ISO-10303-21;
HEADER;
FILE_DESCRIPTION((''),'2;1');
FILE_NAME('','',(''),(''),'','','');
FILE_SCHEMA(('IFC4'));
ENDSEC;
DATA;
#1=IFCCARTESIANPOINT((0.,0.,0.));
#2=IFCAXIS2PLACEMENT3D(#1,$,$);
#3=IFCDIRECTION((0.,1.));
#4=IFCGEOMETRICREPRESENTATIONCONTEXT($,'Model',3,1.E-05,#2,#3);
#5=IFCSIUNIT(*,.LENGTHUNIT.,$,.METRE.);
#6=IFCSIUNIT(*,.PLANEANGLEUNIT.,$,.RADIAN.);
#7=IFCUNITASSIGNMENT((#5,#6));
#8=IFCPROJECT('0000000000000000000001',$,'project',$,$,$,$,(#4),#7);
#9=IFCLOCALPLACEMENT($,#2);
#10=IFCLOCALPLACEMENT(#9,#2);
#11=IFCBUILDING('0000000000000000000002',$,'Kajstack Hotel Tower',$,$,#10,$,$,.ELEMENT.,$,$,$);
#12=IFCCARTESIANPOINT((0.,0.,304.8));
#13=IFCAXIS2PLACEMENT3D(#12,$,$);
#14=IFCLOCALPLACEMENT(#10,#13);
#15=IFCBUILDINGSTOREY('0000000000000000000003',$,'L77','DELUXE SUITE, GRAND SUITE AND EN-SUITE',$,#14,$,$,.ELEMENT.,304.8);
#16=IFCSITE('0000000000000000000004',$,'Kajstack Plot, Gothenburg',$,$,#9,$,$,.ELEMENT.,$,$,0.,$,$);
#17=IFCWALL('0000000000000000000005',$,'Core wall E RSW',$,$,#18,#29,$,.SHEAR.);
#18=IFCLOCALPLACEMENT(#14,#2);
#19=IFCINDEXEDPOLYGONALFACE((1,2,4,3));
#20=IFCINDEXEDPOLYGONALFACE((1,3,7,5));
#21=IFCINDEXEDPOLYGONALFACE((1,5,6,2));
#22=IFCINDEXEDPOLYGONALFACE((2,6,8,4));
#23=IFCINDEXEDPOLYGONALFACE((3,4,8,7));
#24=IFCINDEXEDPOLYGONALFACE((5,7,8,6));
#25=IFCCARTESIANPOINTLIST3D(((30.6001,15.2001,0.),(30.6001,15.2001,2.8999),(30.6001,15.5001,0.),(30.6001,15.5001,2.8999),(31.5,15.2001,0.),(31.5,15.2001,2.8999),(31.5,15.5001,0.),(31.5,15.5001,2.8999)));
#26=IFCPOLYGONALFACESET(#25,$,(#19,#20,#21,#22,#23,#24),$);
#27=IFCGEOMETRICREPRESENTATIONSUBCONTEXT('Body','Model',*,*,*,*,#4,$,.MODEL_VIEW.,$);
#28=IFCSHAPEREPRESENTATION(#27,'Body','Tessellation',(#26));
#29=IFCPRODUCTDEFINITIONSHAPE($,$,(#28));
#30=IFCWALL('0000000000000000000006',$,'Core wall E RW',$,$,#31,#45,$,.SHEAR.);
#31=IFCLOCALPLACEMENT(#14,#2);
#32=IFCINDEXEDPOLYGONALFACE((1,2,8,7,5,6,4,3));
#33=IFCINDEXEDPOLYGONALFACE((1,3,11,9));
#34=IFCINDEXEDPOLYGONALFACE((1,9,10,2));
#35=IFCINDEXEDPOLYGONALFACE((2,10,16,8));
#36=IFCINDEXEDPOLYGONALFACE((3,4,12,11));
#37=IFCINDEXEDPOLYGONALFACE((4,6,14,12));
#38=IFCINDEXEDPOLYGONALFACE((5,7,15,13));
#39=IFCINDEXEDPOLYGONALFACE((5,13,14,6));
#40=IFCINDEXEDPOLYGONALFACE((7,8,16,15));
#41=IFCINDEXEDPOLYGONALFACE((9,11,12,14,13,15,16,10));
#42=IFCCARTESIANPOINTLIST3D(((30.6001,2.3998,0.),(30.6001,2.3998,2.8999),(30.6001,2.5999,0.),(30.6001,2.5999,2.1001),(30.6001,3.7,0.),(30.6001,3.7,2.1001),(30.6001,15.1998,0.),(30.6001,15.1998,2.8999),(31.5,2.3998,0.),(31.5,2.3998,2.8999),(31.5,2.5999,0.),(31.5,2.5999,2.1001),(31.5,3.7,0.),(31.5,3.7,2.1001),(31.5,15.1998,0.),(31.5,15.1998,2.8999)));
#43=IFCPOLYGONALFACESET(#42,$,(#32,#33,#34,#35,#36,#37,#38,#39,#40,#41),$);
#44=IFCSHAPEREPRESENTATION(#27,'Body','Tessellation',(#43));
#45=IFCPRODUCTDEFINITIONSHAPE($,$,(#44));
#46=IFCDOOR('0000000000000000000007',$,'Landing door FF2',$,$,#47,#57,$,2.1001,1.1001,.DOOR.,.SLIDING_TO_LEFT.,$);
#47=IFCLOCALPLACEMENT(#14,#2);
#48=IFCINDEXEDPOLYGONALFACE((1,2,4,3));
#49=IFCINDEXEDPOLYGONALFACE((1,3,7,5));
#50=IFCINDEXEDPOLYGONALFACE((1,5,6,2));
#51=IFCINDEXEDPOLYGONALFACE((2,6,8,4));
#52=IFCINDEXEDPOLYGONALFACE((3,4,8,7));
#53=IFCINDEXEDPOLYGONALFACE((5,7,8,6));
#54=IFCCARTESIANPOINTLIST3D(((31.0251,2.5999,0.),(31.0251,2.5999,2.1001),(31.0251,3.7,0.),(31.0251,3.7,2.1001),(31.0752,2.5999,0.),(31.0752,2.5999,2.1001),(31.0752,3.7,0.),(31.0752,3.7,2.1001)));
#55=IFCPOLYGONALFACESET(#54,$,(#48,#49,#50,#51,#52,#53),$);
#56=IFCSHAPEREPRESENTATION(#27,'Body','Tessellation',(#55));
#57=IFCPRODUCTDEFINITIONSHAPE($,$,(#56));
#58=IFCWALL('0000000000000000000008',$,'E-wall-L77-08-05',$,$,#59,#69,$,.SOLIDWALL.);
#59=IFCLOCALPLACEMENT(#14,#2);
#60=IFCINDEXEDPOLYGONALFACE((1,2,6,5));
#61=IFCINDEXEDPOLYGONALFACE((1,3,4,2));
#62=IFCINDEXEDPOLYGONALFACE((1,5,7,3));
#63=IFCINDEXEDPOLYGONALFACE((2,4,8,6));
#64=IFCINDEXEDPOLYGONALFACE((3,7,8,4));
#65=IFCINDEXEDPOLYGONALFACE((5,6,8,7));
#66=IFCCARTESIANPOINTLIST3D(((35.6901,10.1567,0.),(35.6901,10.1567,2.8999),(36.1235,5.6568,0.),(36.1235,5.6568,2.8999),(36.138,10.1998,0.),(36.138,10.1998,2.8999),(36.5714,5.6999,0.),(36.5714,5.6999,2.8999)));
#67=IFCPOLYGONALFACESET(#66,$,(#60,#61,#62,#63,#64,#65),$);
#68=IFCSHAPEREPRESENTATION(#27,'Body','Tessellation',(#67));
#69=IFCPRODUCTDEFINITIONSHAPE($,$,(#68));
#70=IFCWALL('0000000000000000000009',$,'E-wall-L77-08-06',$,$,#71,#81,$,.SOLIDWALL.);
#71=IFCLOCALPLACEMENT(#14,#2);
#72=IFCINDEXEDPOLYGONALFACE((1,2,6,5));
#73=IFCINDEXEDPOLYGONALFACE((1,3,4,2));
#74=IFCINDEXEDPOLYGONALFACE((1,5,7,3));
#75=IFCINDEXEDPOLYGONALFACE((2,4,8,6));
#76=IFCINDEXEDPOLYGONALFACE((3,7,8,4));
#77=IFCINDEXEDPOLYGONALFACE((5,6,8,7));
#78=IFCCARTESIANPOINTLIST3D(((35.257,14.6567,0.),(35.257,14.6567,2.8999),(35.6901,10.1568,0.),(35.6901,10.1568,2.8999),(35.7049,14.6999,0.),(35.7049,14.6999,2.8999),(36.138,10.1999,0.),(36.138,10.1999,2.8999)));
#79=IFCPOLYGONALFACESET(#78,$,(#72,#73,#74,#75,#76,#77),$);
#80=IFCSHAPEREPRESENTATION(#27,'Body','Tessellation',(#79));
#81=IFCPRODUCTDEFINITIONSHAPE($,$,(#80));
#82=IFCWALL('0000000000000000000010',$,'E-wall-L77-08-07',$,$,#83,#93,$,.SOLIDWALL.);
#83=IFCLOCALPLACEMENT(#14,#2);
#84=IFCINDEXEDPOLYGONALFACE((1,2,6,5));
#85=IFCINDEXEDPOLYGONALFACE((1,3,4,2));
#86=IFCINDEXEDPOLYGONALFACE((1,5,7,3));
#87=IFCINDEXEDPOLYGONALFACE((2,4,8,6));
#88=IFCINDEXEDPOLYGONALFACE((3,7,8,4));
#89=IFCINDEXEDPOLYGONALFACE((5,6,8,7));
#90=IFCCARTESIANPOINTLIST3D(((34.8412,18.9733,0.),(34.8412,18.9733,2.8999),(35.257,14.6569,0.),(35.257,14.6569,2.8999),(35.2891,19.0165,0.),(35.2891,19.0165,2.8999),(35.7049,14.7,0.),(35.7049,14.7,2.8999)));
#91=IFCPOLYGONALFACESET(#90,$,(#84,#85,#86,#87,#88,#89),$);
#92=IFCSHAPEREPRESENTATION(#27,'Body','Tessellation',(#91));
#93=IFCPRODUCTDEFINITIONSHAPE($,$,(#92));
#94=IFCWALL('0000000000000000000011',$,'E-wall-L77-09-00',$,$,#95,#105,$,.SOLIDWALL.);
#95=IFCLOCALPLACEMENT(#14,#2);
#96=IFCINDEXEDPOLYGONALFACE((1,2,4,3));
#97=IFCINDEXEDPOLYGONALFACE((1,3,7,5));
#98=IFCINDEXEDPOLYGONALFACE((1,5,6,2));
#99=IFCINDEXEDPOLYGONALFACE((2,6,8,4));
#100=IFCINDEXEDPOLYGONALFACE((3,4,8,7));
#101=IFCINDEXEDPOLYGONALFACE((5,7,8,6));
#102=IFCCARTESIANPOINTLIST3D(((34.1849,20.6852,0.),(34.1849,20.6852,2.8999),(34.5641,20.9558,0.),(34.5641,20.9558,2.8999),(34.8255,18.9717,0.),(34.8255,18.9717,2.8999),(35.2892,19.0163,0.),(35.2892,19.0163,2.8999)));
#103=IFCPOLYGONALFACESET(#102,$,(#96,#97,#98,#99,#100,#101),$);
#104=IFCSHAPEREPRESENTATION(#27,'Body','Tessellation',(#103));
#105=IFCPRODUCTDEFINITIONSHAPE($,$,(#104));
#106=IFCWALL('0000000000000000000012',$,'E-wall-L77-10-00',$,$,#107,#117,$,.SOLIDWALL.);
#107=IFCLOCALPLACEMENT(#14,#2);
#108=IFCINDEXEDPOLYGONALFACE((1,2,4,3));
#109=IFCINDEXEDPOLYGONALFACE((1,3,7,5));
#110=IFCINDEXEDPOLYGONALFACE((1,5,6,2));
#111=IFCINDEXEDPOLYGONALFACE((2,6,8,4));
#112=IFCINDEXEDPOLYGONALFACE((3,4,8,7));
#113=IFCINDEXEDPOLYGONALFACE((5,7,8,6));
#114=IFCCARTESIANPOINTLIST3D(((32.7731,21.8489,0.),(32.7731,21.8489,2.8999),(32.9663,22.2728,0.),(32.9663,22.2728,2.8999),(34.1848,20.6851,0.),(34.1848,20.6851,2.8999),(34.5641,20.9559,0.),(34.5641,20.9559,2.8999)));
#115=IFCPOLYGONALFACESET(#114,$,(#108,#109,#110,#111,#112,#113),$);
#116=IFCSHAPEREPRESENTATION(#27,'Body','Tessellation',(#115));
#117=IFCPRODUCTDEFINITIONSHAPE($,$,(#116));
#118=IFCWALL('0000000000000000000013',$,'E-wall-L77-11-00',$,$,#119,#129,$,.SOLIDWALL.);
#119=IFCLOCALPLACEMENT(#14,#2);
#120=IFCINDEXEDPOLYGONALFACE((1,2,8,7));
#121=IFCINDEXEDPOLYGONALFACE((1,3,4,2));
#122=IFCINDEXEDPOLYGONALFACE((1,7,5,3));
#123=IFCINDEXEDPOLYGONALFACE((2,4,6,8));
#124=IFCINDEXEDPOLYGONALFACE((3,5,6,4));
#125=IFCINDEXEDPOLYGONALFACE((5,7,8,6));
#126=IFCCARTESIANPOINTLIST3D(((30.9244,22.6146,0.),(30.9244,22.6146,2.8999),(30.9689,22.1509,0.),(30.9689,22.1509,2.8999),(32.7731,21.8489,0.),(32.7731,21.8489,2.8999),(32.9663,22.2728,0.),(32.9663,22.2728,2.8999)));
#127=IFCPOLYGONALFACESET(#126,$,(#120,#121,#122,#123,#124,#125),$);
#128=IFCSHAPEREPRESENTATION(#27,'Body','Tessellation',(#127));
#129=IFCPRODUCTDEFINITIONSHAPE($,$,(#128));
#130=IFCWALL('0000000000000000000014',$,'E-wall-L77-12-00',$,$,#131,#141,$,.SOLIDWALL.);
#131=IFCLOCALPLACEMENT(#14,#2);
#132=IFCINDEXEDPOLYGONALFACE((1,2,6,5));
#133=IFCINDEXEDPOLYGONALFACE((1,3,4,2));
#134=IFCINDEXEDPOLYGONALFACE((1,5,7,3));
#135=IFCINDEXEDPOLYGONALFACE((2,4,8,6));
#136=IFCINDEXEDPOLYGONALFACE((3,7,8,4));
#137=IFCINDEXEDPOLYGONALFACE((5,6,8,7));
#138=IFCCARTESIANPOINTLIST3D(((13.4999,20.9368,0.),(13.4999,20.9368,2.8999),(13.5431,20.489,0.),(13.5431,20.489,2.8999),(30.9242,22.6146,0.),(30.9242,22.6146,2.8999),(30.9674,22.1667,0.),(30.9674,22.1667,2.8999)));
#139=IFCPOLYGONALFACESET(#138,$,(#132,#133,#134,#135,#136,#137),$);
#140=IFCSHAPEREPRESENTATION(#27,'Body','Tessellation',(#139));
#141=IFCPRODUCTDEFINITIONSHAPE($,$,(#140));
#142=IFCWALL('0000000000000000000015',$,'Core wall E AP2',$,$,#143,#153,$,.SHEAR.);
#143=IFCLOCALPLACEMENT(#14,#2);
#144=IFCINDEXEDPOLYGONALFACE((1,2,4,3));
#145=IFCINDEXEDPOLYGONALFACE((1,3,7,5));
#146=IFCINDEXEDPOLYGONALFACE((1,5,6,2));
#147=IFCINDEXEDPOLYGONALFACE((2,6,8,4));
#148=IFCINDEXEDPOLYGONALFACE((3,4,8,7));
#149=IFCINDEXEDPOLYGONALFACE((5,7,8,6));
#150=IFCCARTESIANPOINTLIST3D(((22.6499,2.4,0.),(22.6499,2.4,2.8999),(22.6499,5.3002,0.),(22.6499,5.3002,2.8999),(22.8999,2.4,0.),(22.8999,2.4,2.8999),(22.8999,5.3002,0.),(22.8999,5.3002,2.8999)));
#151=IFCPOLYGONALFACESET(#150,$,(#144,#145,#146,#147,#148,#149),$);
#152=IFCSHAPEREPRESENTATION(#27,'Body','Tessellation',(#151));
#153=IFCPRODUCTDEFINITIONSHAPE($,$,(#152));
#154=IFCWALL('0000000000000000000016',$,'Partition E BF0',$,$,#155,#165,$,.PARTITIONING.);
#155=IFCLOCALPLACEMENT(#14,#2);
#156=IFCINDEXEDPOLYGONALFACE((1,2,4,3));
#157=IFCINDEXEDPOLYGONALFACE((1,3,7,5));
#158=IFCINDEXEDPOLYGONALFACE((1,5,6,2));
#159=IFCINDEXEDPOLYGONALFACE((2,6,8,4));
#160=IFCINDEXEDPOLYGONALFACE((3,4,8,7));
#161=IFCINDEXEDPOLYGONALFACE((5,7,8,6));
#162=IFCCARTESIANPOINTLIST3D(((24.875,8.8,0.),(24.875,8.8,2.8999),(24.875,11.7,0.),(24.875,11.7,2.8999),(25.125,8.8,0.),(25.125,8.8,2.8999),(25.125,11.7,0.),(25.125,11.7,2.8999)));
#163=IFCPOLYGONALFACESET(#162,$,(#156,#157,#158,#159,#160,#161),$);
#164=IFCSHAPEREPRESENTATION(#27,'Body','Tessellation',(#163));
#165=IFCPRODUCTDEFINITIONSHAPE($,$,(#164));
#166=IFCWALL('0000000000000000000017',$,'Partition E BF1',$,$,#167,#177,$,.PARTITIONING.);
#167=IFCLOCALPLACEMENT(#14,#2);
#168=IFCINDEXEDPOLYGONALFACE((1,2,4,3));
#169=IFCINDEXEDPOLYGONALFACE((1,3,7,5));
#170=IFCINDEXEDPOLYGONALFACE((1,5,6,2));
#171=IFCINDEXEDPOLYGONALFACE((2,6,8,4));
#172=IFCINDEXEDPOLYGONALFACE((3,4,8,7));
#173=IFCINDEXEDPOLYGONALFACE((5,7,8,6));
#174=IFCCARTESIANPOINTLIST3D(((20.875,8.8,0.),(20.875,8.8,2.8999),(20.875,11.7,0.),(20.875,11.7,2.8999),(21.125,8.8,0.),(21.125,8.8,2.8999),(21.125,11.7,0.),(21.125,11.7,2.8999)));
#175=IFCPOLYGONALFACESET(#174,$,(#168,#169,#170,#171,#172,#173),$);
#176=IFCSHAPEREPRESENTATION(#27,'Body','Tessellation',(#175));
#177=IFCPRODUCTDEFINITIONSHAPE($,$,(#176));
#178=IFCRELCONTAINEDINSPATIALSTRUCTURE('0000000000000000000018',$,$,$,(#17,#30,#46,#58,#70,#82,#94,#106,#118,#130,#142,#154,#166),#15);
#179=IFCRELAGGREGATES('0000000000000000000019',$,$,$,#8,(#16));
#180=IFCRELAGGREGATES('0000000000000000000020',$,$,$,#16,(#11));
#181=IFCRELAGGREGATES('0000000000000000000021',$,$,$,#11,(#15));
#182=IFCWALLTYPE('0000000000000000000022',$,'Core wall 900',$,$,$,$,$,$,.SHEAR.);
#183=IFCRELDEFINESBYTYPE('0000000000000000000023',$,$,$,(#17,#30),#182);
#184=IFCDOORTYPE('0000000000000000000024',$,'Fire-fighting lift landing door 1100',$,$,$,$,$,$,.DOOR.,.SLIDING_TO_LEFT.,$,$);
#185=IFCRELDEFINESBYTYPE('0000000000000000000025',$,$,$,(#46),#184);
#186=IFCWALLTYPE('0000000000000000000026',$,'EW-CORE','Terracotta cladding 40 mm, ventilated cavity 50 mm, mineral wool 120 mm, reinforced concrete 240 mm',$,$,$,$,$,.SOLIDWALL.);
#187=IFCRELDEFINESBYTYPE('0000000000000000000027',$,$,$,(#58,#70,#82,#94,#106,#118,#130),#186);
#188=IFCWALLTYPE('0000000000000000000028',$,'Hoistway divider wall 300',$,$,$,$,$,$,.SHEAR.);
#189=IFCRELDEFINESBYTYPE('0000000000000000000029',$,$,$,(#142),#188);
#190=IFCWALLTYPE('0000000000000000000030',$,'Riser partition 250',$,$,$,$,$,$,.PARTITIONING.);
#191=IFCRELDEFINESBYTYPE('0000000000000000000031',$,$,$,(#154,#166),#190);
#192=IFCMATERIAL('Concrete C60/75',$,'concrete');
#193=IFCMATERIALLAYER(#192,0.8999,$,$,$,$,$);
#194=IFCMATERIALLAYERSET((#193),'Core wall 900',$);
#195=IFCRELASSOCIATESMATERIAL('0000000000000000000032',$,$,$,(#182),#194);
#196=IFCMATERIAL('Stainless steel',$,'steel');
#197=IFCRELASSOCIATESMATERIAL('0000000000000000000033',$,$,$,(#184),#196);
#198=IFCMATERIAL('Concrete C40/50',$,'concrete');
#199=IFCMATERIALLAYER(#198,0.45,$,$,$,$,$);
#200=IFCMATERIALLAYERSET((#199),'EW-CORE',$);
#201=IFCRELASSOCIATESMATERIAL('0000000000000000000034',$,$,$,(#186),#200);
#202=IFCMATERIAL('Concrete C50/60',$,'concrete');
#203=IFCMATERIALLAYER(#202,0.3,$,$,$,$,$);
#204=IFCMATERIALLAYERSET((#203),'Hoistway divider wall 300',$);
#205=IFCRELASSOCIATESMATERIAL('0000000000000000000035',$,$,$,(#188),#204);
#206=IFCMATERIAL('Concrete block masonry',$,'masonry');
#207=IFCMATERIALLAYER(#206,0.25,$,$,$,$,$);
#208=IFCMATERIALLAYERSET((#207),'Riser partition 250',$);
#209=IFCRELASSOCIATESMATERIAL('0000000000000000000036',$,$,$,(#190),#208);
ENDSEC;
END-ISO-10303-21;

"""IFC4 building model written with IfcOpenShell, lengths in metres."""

from ifc_helpers import new_model, si_unit, direction, frame, frame_2d, origin, place, context, subcontext, project, spatial, polyline, rectangle, outline, extrude, material, layer, layer_set, type_object, element, fill, save


model = new_model("IFC4")

# Units and contexts
model_context = context("Model", 3, precision=1e-05, world=origin(), true_north=direction((0.0, 1.0)))
body_context = subcontext(model_context, "Body", "Model", "MODEL_VIEW")
ifc_project = project(units=[si_unit("LENGTHUNIT", "METRE"), si_unit("PLANEANGLEUNIT", "RADIAN")], contexts=[model_context])

# Site, building, storey
site_placement = place(None, origin())
site = spatial("IfcSite", under=ifc_project, at=site_placement, Name="Kajstack Plot, Gothenburg", CompositionType="ELEMENT", RefElevation=0.0)
building_placement = place(site_placement, origin())
building = spatial("IfcBuilding", under=site, at=building_placement, Name="Kajstack Hotel Tower", CompositionType="ELEMENT")
storey_placement = place(building_placement, frame((0.0, 0.0, 304.8)))
storey = spatial("IfcBuildingStorey", under=building, at=storey_placement, Name="L77", Description="DELUXE SUITE, GRAND SUITE AND EN-SUITE", CompositionType="ELEMENT", Elevation=304.8)

# Wall
ifc_material_1 = material(Name="Concrete C60/75", Category="concrete")
ifc_layer_1 = layer(ifc_material_1, 0.8999)
ifc_layer_set_1 = layer_set([ifc_layer_1], Name="Core wall 900")
wall_type_1 = type_object("IfcWallType", Name="Core wall 900", PredefinedType="SHEAR", material=ifc_layer_set_1)
wall_1_placement = place(storey_placement, frame((30.6001, 15.3501, 0.0), z_axis=(0.0, 0.0, 1.0), x_axis=(1.0, 0.0, 0.0)))
element("IfcWall", 1, at=wall_1_placement, inside=storey, type_object=wall_type_1, Name="Core wall E RSW", PredefinedType="SHEAR", context=body_context, shape_type="SweptSolid", body=[
    extrude(rectangle(XDim=0.8999, YDim=0.3, at=frame_2d((0.45, 0.0))), origin(), (0.0, 0.0, 1.0), 2.8999),
])

# Wall, opening, door
wall_2_placement = place(storey_placement, frame((31.05, 2.3999, 0.0), z_axis=(0.0, 0.0, 1.0), x_axis=(0.0, 1.0, 0.0)))
wall_2 = element("IfcWall", 2, at=wall_2_placement, inside=storey, type_object=wall_type_1, Name="Core wall E RW", PredefinedType="SHEAR", context=body_context, shape_type="SweptSolid", body=[
    extrude(rectangle(XDim=12.8, YDim=0.8999, at=frame_2d((6.3999, 0.0))), origin(), (0.0, 0.0, 1.0), 2.8999),
])
opening_1_placement = place(wall_2_placement, frame((0.2, 0.0, 0.0)))
opening_1 = element("IfcOpeningElement", 3, at=opening_1_placement, cuts=wall_2, PredefinedType="OPENING", context=body_context, shape_type="SweptSolid", body=[
    extrude(rectangle(XDim=1.1001, YDim=2.1001, at=frame_2d((0.55, 1.05))), frame((0.0, 0.46, 0.0), z_axis=(0.0, -1.0, 0.0), x_axis=(1.0, 0.0, 0.0)), (0.0, 0.0, 1.0), 0.9199),
])
ifc_material_2 = material(Name="Stainless steel", Category="steel")
door_type_1 = type_object("IfcDoorType", Name="Fire-fighting lift landing door 1100", OperationType="SLIDING_TO_LEFT", PredefinedType="DOOR", material=ifc_material_2)
door_1_placement = place(opening_1_placement, origin())
door_1 = element("IfcDoor", 4, at=door_1_placement, inside=storey, type_object=door_type_1, Name="Landing door FF2", OperationType="SLIDING_TO_LEFT", OverallHeight=2.1001, OverallWidth=1.1001, PredefinedType="DOOR", context=body_context, shape_type="SweptSolid", body=[
    extrude(rectangle(XDim=1.1001, YDim=2.1001, at=frame_2d((0.55, 1.05))), frame((0.0, 0.0249, 0.0), z_axis=(0.0, -1.0, 0.0), x_axis=(1.0, 0.0, 0.0)), (0.0, 0.0, 1.0), 0.05),
])
fill(opening_1, door_1)

# Walls
ifc_material_3 = material(Name="Concrete C40/50", Category="concrete")
ifc_layer_2 = layer(ifc_material_3, 0.45)
ifc_layer_set_2 = layer_set([ifc_layer_2], Name="EW-CORE")
wall_type_2 = type_object("IfcWallType", Name="EW-CORE", Description="Terracotta cladding 40 mm, ventilated cavity 50 mm, mineral wool 120 mm, reinforced concrete 240 mm", PredefinedType="SOLIDWALL", material=ifc_layer_set_2)
for number, where, z_axis, x_axis, name in (
    (5, (36.3474, 5.6785, 0.0), (0.0, 0.0, 1.0), (-0.095856, 0.995395, 0.0), "E-wall-L77-08-05"),
    (6, (35.9141, 10.1785, 0.0), (0.0, 0.0, 1.0), (-0.095803, 0.9954, 0.0), "E-wall-L77-08-06"),
):
    element("IfcWall", number, at=place(storey_placement, frame(where, z_axis=z_axis, x_axis=x_axis)), inside=storey, type_object=wall_type_2, Name=name, PredefinedType="SOLIDWALL", context=body_context, shape_type="SweptSolid", body=[
        extrude(rectangle(XDim=4.5208, YDim=0.45, at=frame_2d((2.2603, 0.0))), origin(), (0.0, 0.0, 1.0), 2.8999),
    ])
wall_3_placement = place(storey_placement, frame((35.481, 14.6785, 0.0), z_axis=(0.0, 0.0, 1.0), x_axis=(-0.09588, 0.995393, 0.0)))
element("IfcWall", 7, at=wall_3_placement, inside=storey, type_object=wall_type_2, Name="E-wall-L77-08-07", PredefinedType="SOLIDWALL", context=body_context, shape_type="SweptSolid", body=[
    extrude(rectangle(XDim=4.3364, YDim=0.45, at=frame_2d((2.1682, 0.0))), origin(), (0.0, 0.0, 1.0), 2.8999),
])
wall_4_placement = place(storey_placement, frame((35.0784, 18.9375, 0.0), z_axis=(0.0, 0.0, 1.0), x_axis=(-0.350193, 0.936678, 0.0)))
element("IfcWall", 8, at=wall_4_placement, inside=storey, type_object=wall_type_2, Name="E-wall-L77-09-00", PredefinedType="SOLIDWALL", context=body_context, shape_type="SweptSolid", body=[
    extrude(outline(polyline([(0.0, -0.2251), (2.0706, -0.2251), (1.95, 0.2249), (0.1206, 0.2249), (0.0, -0.2251)])), origin(), (0.0, 0.0, 1.0), 2.8999),
])
wall_5_placement = place(storey_placement, frame((34.4209, 20.7822, 0.0), z_axis=(0.0, 0.0, 1.0), x_axis=(-0.771593, 0.636116, 0.0)))
element("IfcWall", 9, at=wall_5_placement, inside=storey, type_object=wall_type_2, Name="E-wall-L77-10-00", PredefinedType="SOLIDWALL", context=body_context, shape_type="SweptSolid", body=[
    extrude(outline(polyline([(0.0, -0.2251), (2.0706, -0.2249), (1.95, 0.2251), (0.1204, 0.2251), (0.0, -0.2251)])), origin(), (0.0, 0.0, 1.0), 2.8999),
])
wall_6_placement = place(storey_placement, frame((32.9292, 22.051, 0.0), z_axis=(0.0, 0.0, 1.0), x_axis=(-0.986298, 0.164973, 0.0)))
element("IfcWall", 10, at=wall_6_placement, inside=storey, type_object=wall_type_2, Name="E-wall-L77-11-00", PredefinedType="SOLIDWALL", context=body_context, shape_type="SweptSolid", body=[
    extrude(outline(polyline([(0.0, -0.2249), (2.0703, -0.2251), (1.95, 0.2249), (0.1206, 0.2251), (0.0, -0.2249)])), origin(), (0.0, 0.0, 1.0), 2.8999),
])
wall_7_placement = place(storey_placement, frame((30.9458, 22.3906, 0.0), z_axis=(0.0, 0.0, 1.0), x_axis=(-0.995396, -0.095844, 0.0)))
element("IfcWall", 11, at=wall_7_placement, inside=storey, type_object=wall_type_2, Name="E-wall-L77-12-00", PredefinedType="SOLIDWALL", context=body_context, shape_type="SweptSolid", body=[
    extrude(rectangle(XDim=17.5049, YDim=0.45, at=frame_2d((8.7524, 0.0))), origin(), (0.0, 0.0, 1.0), 2.8999),
])
ifc_material_4 = material(Name="Concrete C50/60", Category="concrete")
ifc_layer_3 = layer(ifc_material_4, 0.3)
ifc_layer_set_3 = layer_set([ifc_layer_3], Name="Hoistway divider wall 300")
wall_type_3 = type_object("IfcWallType", Name="Hoistway divider wall 300", PredefinedType="SHEAR", material=ifc_layer_set_3)
wall_8_placement = place(storey_placement, frame((22.7749, 2.3999, 0.0), z_axis=(0.0, 0.0, 1.0), x_axis=(0.0, 1.0, 0.0)))
element("IfcWall", 12, at=wall_8_placement, inside=storey, type_object=wall_type_3, Name="Core wall E AP2", PredefinedType="SHEAR", context=body_context, shape_type="SweptSolid", body=[
    extrude(rectangle(XDim=2.9001, YDim=0.25, at=frame_2d((1.4502, 0.0))), origin(), (0.0, 0.0, 1.0), 2.8999),
])
ifc_material_5 = material(Name="Concrete block masonry", Category="masonry")
ifc_layer_4 = layer(ifc_material_5, 0.25)
ifc_layer_set_4 = layer_set([ifc_layer_4], Name="Riser partition 250")
wall_type_4 = type_object("IfcWallType", Name="Riser partition 250", PredefinedType="PARTITIONING", material=ifc_layer_set_4)
for number, where, z_axis, x_axis, name in (
    (13, (25.0, 8.8, 0.0), (0.0, 0.0, 1.0), (0.0, 1.0, 0.0), "Partition E BF0"),
    (14, (21.0, 8.8, 0.0), (0.0, 0.0, 1.0), (0.0, 1.0, 0.0), "Partition E BF1"),
):
    element("IfcWall", number, at=place(storey_placement, frame(where, z_axis=z_axis, x_axis=x_axis)), inside=storey, type_object=wall_type_4, Name=name, PredefinedType="PARTITIONING", context=body_context, shape_type="SweptSolid", body=[
        extrude(rectangle(XDim=2.8999, YDim=0.25, at=frame_2d((1.45, 0.0))), origin(), (0.0, 0.0, 1.0), 2.8999),
    ])

save(model, "model.ifc")
